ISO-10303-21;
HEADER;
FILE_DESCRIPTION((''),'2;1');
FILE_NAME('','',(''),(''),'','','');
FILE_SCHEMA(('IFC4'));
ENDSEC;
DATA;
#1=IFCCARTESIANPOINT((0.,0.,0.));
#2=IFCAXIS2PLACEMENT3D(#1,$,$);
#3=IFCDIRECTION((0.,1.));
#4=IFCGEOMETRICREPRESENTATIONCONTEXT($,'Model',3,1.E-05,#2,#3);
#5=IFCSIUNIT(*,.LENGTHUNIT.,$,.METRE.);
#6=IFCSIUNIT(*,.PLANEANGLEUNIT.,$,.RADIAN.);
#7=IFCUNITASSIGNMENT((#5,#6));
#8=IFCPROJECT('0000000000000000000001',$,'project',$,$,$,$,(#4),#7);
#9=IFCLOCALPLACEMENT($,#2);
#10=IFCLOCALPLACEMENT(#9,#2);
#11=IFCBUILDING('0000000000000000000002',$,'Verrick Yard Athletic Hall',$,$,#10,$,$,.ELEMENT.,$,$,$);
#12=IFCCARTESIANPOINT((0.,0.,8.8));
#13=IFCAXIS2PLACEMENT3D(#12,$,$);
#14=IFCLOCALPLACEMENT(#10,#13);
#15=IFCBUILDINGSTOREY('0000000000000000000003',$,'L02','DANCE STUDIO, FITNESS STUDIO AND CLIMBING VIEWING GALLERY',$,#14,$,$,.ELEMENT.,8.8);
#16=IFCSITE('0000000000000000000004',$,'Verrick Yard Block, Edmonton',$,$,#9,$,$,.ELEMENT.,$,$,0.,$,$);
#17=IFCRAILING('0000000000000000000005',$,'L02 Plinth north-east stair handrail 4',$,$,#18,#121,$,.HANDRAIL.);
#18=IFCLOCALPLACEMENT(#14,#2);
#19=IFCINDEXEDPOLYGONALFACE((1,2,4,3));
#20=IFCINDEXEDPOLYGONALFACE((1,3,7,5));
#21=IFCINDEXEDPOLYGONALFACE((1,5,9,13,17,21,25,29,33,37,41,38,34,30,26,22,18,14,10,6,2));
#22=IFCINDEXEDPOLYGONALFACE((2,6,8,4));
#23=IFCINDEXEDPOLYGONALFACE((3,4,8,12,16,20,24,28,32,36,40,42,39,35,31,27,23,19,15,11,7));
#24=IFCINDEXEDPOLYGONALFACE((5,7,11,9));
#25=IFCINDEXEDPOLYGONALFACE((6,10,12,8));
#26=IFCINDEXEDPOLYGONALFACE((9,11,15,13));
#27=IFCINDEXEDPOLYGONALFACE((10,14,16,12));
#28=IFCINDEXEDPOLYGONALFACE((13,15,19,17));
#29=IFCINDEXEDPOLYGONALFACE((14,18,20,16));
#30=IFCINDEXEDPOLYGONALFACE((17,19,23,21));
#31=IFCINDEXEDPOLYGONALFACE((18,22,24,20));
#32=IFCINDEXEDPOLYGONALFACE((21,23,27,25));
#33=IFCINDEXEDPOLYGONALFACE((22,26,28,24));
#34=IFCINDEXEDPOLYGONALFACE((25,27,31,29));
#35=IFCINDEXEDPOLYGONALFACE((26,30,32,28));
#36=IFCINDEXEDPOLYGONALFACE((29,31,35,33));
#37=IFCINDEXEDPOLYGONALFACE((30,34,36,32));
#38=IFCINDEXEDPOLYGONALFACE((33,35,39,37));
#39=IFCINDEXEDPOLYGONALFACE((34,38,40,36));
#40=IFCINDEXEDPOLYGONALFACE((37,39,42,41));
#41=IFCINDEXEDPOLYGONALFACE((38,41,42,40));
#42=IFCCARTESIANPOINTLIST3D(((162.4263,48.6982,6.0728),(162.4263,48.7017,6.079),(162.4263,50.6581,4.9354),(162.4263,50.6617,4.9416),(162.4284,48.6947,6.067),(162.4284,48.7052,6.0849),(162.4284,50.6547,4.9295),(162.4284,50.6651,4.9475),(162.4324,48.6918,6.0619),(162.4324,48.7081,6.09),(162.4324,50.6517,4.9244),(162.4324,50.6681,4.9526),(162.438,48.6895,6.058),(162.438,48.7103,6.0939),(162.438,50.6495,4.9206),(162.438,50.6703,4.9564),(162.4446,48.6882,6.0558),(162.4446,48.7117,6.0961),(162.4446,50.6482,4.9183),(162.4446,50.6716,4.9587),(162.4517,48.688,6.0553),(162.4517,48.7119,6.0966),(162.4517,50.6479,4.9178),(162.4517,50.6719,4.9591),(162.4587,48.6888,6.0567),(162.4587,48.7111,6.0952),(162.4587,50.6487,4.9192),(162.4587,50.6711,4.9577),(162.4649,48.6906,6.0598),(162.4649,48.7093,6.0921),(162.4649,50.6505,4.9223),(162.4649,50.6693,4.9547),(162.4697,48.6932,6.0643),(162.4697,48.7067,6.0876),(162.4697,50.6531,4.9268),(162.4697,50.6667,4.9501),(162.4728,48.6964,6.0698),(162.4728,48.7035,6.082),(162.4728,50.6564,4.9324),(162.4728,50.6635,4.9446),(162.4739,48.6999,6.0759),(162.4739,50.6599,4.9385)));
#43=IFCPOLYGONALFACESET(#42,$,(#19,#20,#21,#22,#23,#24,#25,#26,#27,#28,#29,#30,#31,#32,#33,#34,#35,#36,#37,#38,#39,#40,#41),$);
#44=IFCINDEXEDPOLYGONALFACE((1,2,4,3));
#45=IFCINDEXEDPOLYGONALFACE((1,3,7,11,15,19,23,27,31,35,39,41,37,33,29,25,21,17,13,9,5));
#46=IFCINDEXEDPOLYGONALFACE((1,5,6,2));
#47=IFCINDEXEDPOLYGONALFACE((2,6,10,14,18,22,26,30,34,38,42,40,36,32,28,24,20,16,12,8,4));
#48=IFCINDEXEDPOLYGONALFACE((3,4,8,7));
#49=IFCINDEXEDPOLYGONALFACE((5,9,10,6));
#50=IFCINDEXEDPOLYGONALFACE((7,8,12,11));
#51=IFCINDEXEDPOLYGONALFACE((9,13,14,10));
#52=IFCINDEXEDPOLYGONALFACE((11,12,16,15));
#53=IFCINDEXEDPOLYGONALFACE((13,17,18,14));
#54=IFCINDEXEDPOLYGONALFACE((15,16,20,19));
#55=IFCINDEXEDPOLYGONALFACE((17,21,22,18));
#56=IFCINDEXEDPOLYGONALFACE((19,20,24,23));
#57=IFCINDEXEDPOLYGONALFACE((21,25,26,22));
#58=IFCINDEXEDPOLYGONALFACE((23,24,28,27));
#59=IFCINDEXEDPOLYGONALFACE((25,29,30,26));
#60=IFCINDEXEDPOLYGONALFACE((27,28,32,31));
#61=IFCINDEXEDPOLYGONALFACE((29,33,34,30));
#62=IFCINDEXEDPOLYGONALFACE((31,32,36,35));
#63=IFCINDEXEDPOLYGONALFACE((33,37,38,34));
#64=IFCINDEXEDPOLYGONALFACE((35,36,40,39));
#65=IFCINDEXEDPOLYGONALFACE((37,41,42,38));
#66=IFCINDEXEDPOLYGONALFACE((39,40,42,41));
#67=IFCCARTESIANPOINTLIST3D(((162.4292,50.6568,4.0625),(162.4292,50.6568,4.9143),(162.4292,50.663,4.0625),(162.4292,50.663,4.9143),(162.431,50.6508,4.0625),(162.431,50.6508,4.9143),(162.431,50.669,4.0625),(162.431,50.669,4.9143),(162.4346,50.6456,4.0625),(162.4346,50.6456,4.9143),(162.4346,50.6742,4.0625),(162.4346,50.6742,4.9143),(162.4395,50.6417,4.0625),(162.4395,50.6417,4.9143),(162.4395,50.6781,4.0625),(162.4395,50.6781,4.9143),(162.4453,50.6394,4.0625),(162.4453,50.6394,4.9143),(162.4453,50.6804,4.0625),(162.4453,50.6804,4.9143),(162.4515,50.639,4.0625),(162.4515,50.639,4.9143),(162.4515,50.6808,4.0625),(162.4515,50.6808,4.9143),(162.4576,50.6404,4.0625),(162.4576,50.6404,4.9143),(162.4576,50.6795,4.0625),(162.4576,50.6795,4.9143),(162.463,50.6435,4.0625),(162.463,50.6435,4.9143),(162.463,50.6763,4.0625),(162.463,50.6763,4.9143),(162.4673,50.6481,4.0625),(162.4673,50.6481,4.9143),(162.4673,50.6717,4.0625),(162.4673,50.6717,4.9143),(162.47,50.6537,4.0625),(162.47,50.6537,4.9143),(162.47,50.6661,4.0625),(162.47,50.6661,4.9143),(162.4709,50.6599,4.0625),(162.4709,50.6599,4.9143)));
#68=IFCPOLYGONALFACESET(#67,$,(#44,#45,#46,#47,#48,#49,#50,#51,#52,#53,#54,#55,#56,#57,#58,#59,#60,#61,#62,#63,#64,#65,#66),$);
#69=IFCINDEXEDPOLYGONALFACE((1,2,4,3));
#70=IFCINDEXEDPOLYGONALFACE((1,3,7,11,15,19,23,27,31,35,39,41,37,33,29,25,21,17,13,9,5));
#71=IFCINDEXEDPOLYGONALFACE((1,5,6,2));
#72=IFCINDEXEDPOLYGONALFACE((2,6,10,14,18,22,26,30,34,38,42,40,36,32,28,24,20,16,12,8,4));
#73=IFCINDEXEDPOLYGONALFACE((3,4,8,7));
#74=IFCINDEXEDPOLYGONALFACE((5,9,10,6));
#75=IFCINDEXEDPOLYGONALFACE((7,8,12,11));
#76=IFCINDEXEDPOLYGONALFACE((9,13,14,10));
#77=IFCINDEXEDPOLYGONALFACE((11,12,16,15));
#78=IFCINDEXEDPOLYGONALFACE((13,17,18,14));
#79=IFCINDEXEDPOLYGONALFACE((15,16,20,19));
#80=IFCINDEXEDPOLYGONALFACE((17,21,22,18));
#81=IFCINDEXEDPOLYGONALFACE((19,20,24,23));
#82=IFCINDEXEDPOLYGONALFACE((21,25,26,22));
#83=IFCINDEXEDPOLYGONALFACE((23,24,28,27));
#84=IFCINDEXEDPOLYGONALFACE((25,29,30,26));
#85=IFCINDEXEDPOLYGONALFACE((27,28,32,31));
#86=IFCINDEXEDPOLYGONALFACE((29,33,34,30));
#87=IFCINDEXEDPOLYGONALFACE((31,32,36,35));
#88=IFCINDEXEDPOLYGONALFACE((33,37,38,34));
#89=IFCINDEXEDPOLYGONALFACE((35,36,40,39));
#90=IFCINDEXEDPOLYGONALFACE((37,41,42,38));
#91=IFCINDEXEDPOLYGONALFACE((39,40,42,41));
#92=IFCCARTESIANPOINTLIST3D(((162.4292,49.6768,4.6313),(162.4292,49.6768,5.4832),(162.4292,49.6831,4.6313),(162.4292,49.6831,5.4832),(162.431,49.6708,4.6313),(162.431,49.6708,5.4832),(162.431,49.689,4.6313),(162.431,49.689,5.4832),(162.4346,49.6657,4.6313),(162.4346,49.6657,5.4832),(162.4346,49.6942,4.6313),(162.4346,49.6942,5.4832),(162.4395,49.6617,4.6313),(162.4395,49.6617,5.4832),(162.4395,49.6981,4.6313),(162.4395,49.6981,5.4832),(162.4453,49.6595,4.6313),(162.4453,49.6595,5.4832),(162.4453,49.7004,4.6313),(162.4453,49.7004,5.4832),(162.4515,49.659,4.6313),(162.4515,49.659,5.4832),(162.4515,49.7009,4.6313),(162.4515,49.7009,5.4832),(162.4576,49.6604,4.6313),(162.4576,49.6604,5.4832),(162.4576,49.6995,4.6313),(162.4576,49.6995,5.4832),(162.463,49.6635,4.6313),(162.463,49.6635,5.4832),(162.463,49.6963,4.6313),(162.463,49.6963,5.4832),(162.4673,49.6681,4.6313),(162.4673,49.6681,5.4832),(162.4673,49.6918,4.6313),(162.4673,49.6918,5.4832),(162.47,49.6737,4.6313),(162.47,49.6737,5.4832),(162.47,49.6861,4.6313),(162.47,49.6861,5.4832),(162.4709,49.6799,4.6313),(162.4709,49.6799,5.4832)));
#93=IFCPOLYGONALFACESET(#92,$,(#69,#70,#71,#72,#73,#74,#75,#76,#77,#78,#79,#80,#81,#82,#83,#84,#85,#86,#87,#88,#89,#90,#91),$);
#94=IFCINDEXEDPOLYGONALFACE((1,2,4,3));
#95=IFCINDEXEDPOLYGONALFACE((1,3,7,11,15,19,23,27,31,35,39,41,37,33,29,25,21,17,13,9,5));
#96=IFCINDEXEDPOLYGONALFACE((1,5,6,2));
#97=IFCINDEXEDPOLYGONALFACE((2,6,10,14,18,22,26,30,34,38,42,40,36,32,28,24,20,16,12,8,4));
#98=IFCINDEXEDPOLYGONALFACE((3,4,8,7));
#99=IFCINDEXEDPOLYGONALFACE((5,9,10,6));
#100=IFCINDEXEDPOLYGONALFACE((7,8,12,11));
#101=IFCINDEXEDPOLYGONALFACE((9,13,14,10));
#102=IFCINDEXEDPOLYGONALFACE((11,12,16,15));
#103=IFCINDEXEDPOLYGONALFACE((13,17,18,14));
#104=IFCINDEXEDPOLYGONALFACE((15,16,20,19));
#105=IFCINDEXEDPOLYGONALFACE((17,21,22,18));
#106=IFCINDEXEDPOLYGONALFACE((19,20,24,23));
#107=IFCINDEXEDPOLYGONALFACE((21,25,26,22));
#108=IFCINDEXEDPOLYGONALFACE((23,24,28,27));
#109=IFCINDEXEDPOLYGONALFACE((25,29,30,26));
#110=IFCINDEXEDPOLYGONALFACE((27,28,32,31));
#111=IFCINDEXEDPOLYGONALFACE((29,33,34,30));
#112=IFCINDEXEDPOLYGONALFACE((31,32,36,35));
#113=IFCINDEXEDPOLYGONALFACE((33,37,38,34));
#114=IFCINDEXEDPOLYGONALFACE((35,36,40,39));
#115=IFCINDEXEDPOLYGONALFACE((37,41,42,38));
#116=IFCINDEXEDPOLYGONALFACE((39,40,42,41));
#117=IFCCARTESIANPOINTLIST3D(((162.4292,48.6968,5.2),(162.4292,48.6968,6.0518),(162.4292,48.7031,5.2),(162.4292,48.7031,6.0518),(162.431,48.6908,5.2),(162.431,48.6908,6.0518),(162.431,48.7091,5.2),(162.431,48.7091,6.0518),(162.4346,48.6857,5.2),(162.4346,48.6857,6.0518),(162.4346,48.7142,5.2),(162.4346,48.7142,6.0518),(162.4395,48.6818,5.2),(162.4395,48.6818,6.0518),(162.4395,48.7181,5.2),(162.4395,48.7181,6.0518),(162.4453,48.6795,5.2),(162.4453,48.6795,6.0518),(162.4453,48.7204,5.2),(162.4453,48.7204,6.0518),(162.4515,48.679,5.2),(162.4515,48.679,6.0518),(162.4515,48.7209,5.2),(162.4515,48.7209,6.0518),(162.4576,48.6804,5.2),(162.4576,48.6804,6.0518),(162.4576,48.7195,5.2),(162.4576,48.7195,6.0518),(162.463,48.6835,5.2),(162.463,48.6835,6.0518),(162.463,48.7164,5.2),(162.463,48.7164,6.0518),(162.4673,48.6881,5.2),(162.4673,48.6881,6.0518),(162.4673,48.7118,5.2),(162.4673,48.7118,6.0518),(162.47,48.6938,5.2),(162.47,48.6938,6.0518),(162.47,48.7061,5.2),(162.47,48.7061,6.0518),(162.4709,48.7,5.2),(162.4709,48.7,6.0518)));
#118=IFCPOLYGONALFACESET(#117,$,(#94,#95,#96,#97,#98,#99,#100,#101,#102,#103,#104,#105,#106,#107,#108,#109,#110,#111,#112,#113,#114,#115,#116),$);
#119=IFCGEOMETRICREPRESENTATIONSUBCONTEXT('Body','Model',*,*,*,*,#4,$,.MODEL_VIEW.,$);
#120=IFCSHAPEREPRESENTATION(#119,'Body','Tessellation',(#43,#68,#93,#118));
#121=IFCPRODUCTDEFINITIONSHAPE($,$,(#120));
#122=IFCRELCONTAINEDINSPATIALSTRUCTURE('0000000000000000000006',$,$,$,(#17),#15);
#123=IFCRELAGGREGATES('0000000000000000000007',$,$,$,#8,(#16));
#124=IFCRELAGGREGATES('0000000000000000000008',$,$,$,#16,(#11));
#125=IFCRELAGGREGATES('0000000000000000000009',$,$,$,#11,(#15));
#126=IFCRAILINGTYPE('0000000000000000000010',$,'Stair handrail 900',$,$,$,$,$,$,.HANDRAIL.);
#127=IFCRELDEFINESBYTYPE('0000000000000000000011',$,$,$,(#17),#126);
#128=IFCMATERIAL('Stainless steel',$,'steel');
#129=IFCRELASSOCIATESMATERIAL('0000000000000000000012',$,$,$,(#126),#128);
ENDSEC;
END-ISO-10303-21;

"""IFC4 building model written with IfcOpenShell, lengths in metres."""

from ifc_helpers import new_model, si_unit, direction, frame, origin, origin_2d, place, context, subcontext, project, spatial, circle, extrude, material, type_object, element, save


model = new_model("IFC4")

# Units and contexts
model_context = context("Model", 3, precision=1e-05, world=origin(), true_north=direction((0.0, 1.0)))
body_context = subcontext(model_context, "Body", "Model", "MODEL_VIEW")
ifc_project = project(units=[si_unit("LENGTHUNIT", "METRE"), si_unit("PLANEANGLEUNIT", "RADIAN")], contexts=[model_context])

# Site, building, storey
site_placement = place(None, origin())
site = spatial("IfcSite", under=ifc_project, at=site_placement, Name="Verrick Yard Block, Edmonton", CompositionType="ELEMENT", RefElevation=0.0)
building_placement = place(site_placement, origin())
building = spatial("IfcBuilding", under=site, at=building_placement, Name="Verrick Yard Athletic Hall", CompositionType="ELEMENT")
storey_placement = place(building_placement, frame((0.0, 0.0, 8.8)))
storey = spatial("IfcBuildingStorey", under=building, at=storey_placement, Name="L02", Description="DANCE STUDIO, FITNESS STUDIO AND CLIMBING VIEWING GALLERY", CompositionType="ELEMENT", Elevation=8.8)

# Railing
ifc_material_1 = material(Name="Stainless steel", Category="steel")
railing_type_1 = type_object("IfcRailingType", Name="Stair handrail 900", PredefinedType="HANDRAIL", material=ifc_material_1)
railing_1_placement = place(storey_placement, frame((162.45, 50.6599, 4.0625)))
element("IfcRailing", 1, at=railing_1_placement, inside=storey, type_object=railing_type_1, Name="L02 Plinth north-east stair handrail 4", PredefinedType="HANDRAIL", context=body_context, shape_type="SweptSolid", body=[
    extrude(circle(Radius=0.0239, at=origin_2d()), frame((0.0, 0.0, 0.876), z_axis=(0.0, -0.864902, 0.501941), x_axis=(1.0, 0.0, 0.0)), (0.0, 0.0, 1.0), 2.2661),
    extrude(circle(Radius=0.021, at=origin_2d()), origin(), (0.0, 0.0, 1.0), 0.8518),
    extrude(circle(Radius=0.021, at=origin_2d()), frame((0.0, -0.98, 0.5688)), (0.0, 0.0, 1.0), 0.8518),
    extrude(circle(Radius=0.021, at=origin_2d()), frame((0.0, -1.96, 1.1375)), (0.0, 0.0, 1.0), 0.8518),
])

save(model, "model.ifc")
